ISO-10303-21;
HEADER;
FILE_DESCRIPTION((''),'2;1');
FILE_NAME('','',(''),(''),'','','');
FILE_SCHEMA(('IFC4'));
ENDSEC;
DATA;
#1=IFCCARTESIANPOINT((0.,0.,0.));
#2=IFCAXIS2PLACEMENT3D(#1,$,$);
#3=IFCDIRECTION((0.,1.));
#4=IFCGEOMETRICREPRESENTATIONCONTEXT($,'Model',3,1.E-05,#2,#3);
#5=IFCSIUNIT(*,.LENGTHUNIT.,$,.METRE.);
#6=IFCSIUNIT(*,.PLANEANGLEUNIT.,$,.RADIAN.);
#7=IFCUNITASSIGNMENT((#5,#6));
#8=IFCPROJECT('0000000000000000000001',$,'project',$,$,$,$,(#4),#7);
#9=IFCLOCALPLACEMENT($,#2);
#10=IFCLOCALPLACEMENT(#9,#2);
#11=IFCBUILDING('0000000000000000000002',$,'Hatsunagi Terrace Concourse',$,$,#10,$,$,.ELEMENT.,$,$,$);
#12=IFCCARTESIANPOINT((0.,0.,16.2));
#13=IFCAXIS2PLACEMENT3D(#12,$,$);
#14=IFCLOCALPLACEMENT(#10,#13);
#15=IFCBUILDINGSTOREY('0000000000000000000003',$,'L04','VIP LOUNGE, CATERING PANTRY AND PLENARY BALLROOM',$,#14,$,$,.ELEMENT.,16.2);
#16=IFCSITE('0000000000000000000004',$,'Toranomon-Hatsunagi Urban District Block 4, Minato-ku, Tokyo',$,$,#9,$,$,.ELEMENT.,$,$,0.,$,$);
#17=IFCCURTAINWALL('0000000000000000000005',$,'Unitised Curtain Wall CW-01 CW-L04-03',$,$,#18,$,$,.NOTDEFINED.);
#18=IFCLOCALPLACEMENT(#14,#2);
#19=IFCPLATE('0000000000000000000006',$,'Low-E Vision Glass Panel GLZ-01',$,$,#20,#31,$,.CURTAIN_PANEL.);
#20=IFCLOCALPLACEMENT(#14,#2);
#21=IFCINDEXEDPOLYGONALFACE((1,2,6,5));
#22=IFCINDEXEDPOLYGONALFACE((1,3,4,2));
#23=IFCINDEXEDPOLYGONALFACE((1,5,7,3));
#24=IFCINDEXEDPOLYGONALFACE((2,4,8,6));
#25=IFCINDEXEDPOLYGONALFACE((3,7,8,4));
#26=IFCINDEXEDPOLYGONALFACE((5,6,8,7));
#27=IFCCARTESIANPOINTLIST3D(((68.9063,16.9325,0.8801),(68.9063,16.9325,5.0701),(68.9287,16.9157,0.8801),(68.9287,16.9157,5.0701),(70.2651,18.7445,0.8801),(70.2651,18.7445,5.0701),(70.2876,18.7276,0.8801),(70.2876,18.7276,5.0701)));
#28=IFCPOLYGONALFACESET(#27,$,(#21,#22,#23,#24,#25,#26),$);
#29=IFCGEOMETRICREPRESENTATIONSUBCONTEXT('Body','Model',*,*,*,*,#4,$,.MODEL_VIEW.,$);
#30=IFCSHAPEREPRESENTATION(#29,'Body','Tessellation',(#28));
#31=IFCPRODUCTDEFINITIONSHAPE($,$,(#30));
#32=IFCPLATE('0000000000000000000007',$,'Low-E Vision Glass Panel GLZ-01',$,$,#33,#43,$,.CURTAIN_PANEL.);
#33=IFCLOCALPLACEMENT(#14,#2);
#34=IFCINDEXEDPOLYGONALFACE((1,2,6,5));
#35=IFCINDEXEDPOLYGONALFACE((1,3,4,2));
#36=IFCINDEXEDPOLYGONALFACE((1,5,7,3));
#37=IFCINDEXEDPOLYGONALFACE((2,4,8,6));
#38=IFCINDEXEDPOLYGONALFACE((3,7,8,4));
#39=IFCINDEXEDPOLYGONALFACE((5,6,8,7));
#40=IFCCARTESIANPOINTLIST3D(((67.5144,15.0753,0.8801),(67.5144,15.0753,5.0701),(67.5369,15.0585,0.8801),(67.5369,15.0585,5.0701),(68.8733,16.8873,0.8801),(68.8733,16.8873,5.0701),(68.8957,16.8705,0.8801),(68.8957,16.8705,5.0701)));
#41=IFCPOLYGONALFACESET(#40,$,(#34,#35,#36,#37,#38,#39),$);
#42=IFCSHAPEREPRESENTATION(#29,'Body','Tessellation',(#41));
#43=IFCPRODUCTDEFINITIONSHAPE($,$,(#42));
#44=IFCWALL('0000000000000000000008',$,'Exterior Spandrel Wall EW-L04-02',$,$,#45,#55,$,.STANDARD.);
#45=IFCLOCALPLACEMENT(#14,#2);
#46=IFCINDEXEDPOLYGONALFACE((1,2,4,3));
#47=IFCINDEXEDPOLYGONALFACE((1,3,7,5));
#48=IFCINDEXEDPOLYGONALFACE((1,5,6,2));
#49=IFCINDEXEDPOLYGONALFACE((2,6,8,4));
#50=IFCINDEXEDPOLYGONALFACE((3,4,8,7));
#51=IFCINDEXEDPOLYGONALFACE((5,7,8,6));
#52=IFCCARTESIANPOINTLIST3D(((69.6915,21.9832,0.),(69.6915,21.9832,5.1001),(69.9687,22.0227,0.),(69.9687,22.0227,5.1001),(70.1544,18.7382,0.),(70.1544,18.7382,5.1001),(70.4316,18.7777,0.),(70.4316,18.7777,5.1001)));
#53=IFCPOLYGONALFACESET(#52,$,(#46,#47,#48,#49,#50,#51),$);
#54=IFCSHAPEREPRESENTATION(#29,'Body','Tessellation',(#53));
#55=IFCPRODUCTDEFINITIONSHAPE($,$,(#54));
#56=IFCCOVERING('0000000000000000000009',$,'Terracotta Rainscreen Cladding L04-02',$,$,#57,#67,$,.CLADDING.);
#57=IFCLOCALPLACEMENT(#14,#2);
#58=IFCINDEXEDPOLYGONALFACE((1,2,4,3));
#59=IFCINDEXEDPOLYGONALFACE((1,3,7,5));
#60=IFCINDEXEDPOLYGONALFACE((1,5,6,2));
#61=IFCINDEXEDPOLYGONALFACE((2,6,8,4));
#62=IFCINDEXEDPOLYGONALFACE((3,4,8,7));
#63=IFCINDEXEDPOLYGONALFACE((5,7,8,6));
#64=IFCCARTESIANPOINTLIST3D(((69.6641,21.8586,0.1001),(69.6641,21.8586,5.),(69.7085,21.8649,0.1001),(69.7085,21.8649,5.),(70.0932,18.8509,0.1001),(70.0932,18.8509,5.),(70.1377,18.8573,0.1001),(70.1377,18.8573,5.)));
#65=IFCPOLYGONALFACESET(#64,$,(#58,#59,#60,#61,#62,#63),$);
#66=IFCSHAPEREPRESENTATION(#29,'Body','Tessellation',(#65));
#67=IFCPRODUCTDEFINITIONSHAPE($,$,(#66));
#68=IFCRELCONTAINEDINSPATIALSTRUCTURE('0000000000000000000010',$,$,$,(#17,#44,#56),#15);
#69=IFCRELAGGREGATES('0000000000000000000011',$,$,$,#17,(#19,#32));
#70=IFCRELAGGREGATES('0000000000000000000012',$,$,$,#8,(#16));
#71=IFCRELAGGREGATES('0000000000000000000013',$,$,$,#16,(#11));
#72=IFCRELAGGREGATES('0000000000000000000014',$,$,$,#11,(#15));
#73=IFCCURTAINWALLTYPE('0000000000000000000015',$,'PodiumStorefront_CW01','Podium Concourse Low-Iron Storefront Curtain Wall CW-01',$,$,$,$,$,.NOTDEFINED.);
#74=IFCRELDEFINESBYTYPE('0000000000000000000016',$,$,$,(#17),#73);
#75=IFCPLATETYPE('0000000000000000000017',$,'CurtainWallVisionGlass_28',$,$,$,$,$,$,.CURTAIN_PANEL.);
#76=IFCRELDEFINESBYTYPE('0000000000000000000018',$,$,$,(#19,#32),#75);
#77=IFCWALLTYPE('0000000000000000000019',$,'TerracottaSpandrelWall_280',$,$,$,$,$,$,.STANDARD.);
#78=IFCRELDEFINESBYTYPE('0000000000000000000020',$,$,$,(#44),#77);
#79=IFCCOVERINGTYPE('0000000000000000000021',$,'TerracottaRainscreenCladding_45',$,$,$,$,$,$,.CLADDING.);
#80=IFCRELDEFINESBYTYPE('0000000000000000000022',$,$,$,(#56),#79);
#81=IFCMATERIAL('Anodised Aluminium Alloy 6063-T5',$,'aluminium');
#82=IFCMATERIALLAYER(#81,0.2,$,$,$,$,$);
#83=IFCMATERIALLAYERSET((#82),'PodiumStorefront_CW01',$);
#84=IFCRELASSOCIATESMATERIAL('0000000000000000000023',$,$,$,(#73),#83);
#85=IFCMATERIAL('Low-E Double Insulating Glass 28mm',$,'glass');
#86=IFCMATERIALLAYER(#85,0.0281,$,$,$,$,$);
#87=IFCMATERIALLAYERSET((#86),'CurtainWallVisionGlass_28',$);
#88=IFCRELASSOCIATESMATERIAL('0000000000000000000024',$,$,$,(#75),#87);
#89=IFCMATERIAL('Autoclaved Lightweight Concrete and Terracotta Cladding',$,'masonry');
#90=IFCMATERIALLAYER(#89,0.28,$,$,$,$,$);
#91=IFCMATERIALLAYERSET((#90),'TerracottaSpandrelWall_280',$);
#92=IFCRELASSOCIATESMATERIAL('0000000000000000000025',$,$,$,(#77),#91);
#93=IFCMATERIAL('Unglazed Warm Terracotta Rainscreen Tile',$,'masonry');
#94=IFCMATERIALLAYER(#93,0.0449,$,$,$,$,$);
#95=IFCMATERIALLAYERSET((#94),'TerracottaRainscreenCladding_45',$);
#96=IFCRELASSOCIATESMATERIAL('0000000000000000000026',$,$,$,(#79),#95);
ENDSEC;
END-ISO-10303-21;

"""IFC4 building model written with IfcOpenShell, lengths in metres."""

from ifc_helpers import new_model, si_unit, direction, frame, frame_2d, origin, origin_2d, place, context, subcontext, project, spatial, rectangle, extrude, material, layer, layer_set, type_object, element, aggregate, save


model = new_model("IFC4")

# Units and contexts
model_context = context("Model", 3, precision=1e-05, world=origin(), true_north=direction((0.0, 1.0)))
body_context = subcontext(model_context, "Body", "Model", "MODEL_VIEW")
ifc_project = project(units=[si_unit("LENGTHUNIT", "METRE"), si_unit("PLANEANGLEUNIT", "RADIAN")], contexts=[model_context])

# Site, building, storey
site_placement = place(None, origin())
site = spatial("IfcSite", under=ifc_project, at=site_placement, Name="Toranomon-Hatsunagi Urban District Block 4, Minato-ku, Tokyo", CompositionType="ELEMENT", RefElevation=0.0)
building_placement = place(site_placement, origin())
building = spatial("IfcBuilding", under=site, at=building_placement, Name="Hatsunagi Terrace Concourse", CompositionType="ELEMENT")
storey_placement = place(building_placement, frame((0.0, 0.0, 16.2)))
storey = spatial("IfcBuildingStorey", under=building, at=storey_placement, Name="L04", Description="VIP LOUNGE, CATERING PANTRY AND PLENARY BALLROOM", CompositionType="ELEMENT", Elevation=16.2)

# Curtain wall
ifc_material_1 = material(Name="Anodised Aluminium Alloy 6063-T5", Category="aluminium")
ifc_layer_1 = layer(ifc_material_1, 0.2)
ifc_layer_set_1 = layer_set([ifc_layer_1], Name="PodiumStorefront_CW01")
curtain_wall_type = type_object("IfcCurtainWallType", Name="PodiumStorefront_CW01", Description="Podium Concourse Low-Iron Storefront Curtain Wall CW-01", PredefinedType="NOTDEFINED", material=ifc_layer_set_1)
curtain_wall_1_placement = place(storey_placement, origin())
curtain_wall_1 = element("IfcCurtainWall", 1, at=curtain_wall_1_placement, inside=storey, type_object=curtain_wall_type, Name="Unitised Curtain Wall CW-01 CW-L04-03", PredefinedType="NOTDEFINED")

# Plates
ifc_material_2 = material(Name="Low-E Double Insulating Glass 28mm", Category="glass")
ifc_layer_2 = layer(ifc_material_2, 0.0281)
ifc_layer_set_2 = layer_set([ifc_layer_2], Name="CurtainWallVisionGlass_28")
plate_type_1 = type_object("IfcPlateType", Name="CurtainWallVisionGlass_28", PredefinedType="CURTAIN_PANEL", material=ifc_layer_set_2)
plate_1_placement = place(storey_placement, frame((69.5969, 17.8301, 0.8801), z_axis=(0.0, 0.0, 1.0), x_axis=(-0.599969, -0.800023, 0.0)))
plate_1 = element("IfcPlate", 2, at=plate_1_placement, type_object=plate_type_1, Name="Low-E Vision Glass Panel GLZ-01", PredefinedType="CURTAIN_PANEL", context=body_context, shape_type="SweptSolid", body=[
    extrude(rectangle(XDim=2.2649, YDim=0.0281, at=origin_2d()), origin(), (0.0, 0.0, 1.0), 4.1899),
])
plate_2_placement = place(storey_placement, frame((68.2051, 15.9729, 0.8801), z_axis=(0.0, 0.0, 1.0), x_axis=(-0.599969, -0.800023, 0.0)))
plate_2 = element("IfcPlate", 3, at=plate_2_placement, type_object=plate_type_1, Name="Low-E Vision Glass Panel GLZ-01", PredefinedType="CURTAIN_PANEL", context=body_context, shape_type="SweptSolid", body=[
    extrude(rectangle(XDim=2.2649, YDim=0.0281, at=origin_2d()), origin(), (0.0, 0.0, 1.0), 4.1899),
])
aggregate(curtain_wall_1, [plate_1, plate_2])

# Wall
ifc_material_3 = material(Name="Autoclaved Lightweight Concrete and Terracotta Cladding", Category="masonry")
ifc_layer_3 = layer(ifc_material_3, 0.28)
ifc_layer_set_3 = layer_set([ifc_layer_3], Name="TerracottaSpandrelWall_280")
wall_type = type_object("IfcWallType", Name="TerracottaSpandrelWall_280", PredefinedType="STANDARD", material=ifc_layer_set_3)
wall_placement = place(storey_placement, frame((69.8301, 22.0029, 0.0), z_axis=(0.0, 0.0, 1.0), x_axis=(0.141223, -0.989978, 0.0)))
element("IfcWall", 4, at=wall_placement, inside=storey, type_object=wall_type, Name="Exterior Spandrel Wall EW-L04-02", PredefinedType="STANDARD", context=body_context, shape_type="SweptSolid", body=[
    extrude(rectangle(XDim=3.2778, YDim=0.28, at=frame_2d((1.6389, 0.0))), origin(), (0.0, 0.0, 1.0), 5.1001),
])

# Covering
ifc_material_4 = material(Name="Unglazed Warm Terracotta Rainscreen Tile", Category="masonry")
ifc_layer_4 = layer(ifc_material_4, 0.0449)
ifc_layer_set_4 = layer_set([ifc_layer_4], Name="TerracottaRainscreenCladding_45")
covering_type = type_object("IfcCoveringType", Name="TerracottaRainscreenCladding_45", PredefinedType="CLADDING", material=ifc_layer_set_4)
covering_placement = place(storey_placement, frame((69.9009, 20.3579, 0.1001), z_axis=(0.0, 0.0, 1.0), x_axis=(0.14125, -0.989974, 0.0)))
element("IfcCovering", 5, at=covering_placement, inside=storey, type_object=covering_type, Name="Terracotta Rainscreen Cladding L04-02", PredefinedType="CLADDING", context=body_context, shape_type="SweptSolid", body=[
    extrude(rectangle(XDim=3.0381, YDim=0.0449, at=origin_2d()), origin(), (0.0, 0.0, 1.0), 4.8999),
])

save(model, "model.ifc")
